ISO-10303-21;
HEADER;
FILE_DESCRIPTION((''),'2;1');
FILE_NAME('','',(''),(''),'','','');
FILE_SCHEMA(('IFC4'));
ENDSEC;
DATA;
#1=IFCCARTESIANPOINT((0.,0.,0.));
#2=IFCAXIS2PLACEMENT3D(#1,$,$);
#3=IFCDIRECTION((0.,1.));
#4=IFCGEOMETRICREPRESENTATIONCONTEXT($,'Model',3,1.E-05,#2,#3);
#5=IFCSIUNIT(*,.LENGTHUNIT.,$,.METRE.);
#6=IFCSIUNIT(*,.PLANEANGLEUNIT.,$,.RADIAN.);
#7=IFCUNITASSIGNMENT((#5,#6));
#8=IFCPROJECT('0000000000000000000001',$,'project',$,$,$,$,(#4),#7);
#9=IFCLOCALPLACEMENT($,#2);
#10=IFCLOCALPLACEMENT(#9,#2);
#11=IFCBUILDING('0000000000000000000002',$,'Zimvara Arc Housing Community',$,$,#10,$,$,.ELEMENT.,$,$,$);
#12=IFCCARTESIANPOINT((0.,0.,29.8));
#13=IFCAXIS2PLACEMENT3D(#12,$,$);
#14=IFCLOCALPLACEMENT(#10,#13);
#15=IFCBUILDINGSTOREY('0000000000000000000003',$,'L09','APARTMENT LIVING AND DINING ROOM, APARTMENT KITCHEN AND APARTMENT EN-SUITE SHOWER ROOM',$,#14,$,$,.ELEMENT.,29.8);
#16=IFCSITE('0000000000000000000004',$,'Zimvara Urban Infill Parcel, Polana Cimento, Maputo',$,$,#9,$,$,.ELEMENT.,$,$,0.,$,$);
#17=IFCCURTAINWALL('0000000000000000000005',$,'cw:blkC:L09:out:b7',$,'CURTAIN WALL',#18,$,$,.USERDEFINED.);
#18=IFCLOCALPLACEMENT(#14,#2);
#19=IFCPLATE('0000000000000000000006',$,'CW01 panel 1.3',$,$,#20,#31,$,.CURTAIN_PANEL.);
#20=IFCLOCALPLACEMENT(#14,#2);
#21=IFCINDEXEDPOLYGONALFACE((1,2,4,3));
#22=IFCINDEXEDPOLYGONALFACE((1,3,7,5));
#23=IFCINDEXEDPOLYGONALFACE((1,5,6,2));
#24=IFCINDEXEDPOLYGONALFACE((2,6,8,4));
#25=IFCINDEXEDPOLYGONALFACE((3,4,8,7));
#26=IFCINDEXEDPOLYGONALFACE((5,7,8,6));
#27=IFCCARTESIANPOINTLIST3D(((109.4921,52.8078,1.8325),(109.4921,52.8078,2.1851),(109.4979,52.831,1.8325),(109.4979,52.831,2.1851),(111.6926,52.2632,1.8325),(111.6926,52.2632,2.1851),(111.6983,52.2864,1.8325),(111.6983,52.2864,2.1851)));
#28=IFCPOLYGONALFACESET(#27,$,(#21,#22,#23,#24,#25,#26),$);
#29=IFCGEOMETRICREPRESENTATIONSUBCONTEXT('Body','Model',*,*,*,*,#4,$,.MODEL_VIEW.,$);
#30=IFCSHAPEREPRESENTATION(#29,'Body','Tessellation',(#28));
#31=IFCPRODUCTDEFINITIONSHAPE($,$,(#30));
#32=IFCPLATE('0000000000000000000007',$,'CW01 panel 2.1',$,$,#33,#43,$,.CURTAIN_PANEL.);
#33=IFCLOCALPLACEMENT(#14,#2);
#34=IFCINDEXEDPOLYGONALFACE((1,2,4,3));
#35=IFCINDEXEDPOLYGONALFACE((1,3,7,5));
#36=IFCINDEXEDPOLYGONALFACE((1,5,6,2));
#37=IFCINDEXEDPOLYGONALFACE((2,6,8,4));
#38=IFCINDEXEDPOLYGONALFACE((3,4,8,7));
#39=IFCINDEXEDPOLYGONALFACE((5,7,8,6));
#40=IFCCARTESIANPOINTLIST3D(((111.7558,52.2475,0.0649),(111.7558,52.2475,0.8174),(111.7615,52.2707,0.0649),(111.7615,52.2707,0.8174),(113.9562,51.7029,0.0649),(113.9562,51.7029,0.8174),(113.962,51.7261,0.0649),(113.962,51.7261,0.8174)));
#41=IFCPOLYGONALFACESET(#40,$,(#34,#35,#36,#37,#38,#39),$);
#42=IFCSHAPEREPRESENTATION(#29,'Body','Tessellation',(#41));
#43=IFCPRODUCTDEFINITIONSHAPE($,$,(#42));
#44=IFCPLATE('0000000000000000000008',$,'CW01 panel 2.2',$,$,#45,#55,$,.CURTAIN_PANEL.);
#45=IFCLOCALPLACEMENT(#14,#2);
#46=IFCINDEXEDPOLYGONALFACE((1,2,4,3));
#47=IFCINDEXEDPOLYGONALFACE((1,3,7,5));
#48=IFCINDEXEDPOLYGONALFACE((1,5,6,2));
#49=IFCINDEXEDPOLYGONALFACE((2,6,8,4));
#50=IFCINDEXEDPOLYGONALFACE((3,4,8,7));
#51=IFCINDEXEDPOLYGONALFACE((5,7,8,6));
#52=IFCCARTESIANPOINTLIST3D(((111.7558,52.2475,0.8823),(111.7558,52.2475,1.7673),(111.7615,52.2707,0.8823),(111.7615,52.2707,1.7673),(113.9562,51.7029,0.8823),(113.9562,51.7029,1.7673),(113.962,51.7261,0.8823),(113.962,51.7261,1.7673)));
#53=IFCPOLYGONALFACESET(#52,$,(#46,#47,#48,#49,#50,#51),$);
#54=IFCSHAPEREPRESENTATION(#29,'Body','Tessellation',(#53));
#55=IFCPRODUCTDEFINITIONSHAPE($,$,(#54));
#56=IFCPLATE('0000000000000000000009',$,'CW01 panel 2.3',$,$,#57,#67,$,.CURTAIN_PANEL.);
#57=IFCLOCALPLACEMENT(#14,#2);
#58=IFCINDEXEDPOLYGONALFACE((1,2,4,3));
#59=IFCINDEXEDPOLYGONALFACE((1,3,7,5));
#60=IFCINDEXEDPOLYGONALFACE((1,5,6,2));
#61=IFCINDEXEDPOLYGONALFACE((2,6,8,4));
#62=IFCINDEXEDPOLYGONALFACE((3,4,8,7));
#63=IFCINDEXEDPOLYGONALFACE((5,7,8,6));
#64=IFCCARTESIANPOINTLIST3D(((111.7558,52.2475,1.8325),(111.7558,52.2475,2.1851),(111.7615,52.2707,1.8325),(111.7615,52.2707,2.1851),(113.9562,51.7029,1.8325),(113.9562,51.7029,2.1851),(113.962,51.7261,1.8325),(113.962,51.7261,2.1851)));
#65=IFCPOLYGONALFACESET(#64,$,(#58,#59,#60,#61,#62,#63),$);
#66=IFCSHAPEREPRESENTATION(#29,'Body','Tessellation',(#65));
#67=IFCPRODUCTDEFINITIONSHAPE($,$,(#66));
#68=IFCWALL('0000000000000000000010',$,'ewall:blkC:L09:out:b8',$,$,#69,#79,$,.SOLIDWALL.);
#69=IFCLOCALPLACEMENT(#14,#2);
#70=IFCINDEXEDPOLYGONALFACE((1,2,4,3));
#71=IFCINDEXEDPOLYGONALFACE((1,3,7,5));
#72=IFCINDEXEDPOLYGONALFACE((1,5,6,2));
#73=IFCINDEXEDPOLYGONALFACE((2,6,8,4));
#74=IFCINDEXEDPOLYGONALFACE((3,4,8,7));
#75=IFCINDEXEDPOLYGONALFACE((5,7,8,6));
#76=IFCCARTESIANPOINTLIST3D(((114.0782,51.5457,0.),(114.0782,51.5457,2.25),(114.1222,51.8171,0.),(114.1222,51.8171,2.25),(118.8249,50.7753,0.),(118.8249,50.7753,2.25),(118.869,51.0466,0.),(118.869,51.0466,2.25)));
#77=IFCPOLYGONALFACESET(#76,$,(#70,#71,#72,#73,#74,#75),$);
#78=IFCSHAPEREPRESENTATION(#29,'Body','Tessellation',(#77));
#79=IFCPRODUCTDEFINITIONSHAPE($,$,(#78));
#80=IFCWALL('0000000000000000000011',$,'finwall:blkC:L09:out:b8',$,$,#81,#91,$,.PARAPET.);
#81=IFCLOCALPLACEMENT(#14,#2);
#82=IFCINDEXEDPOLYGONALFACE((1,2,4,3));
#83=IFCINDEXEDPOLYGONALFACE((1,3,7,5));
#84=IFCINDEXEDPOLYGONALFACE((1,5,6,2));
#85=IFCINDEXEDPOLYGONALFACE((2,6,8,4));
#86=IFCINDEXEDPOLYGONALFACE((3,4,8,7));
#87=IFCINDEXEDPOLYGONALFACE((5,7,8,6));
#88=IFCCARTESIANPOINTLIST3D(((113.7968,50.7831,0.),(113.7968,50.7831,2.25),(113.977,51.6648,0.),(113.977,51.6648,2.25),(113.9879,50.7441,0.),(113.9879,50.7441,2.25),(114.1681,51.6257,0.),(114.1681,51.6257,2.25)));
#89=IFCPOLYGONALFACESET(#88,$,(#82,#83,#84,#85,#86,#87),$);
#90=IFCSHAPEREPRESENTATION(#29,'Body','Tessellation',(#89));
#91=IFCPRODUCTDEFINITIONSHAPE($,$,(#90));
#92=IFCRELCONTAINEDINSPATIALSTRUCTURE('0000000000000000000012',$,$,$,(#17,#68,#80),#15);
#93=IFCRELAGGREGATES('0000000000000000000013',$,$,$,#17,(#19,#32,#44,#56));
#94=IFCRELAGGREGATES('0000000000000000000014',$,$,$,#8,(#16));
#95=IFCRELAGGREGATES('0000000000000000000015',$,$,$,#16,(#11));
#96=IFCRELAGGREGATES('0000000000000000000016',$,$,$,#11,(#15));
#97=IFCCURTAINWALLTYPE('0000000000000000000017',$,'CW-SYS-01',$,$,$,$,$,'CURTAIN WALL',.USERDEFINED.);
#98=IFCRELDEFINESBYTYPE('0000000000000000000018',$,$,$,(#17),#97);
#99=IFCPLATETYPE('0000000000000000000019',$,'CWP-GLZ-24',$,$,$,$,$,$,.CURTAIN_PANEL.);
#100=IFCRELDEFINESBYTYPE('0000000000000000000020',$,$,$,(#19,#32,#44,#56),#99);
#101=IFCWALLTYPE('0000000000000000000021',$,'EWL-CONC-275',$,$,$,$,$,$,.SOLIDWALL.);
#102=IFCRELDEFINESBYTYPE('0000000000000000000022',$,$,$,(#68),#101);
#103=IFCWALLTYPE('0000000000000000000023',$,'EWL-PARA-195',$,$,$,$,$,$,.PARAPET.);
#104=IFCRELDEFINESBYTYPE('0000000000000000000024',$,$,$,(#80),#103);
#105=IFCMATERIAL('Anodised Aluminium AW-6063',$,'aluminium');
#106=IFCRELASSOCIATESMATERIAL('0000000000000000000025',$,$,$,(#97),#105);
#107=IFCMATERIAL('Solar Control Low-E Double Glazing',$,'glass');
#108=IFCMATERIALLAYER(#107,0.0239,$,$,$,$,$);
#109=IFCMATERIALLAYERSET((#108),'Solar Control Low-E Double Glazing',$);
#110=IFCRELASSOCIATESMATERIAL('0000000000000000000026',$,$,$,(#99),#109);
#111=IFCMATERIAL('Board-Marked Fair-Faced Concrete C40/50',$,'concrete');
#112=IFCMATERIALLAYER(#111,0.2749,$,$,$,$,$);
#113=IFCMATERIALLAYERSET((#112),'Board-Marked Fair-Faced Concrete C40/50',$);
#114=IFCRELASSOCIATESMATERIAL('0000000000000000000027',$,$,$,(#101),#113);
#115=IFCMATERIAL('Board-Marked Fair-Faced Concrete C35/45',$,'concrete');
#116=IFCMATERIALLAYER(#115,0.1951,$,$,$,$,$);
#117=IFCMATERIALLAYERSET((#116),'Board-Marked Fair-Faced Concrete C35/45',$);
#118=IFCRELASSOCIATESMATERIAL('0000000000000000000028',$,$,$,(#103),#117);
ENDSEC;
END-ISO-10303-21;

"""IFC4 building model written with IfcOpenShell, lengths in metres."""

from ifc_helpers import new_model, si_unit, direction, frame, frame_2d, origin, origin_2d, place, context, subcontext, project, spatial, rectangle, extrude, material, layer, layer_set, type_object, element, aggregate, save


model = new_model("IFC4")

# Units and contexts
model_context = context("Model", 3, precision=1e-05, world=origin(), true_north=direction((0.0, 1.0)))
body_context = subcontext(model_context, "Body", "Model", "MODEL_VIEW")
ifc_project = project(units=[si_unit("LENGTHUNIT", "METRE"), si_unit("PLANEANGLEUNIT", "RADIAN")], contexts=[model_context])

# Site, building, storey
site_placement = place(None, origin())
site = spatial("IfcSite", under=ifc_project, at=site_placement, Name="Zimvara Urban Infill Parcel, Polana Cimento, Maputo", CompositionType="ELEMENT", RefElevation=0.0)
building_placement = place(site_placement, origin())
building = spatial("IfcBuilding", under=site, at=building_placement, Name="Zimvara Arc Housing Community", CompositionType="ELEMENT")
storey_placement = place(building_placement, frame((0.0, 0.0, 29.8)))
storey = spatial("IfcBuildingStorey", under=building, at=storey_placement, Name="L09", Description="APARTMENT LIVING AND DINING ROOM, APARTMENT KITCHEN AND APARTMENT EN-SUITE SHOWER ROOM", CompositionType="ELEMENT", Elevation=29.8)

# Curtain wall, plates
ifc_material_1 = material(Name="Anodised Aluminium AW-6063", Category="aluminium")
curtain_wall_type_1 = type_object("IfcCurtainWallType", Name="CW-SYS-01", ElementType="CURTAIN WALL", PredefinedType="USERDEFINED", material=ifc_material_1)
curtain_wall_1_placement = place(storey_placement, origin())
curtain_wall_1 = element("IfcCurtainWall", 1, at=curtain_wall_1_placement, inside=storey, type_object=curtain_wall_type_1, Name="cw:blkC:L09:out:b7", ObjectType="CURTAIN WALL", PredefinedType="USERDEFINED")
ifc_material_2 = material(Name="Solar Control Low-E Double Glazing", Category="glass")
ifc_layer_1 = layer(ifc_material_2, 0.0239)
ifc_layer_set_1 = layer_set([ifc_layer_1], Name="Solar Control Low-E Double Glazing")
plate_type = type_object("IfcPlateType", Name="CWP-GLZ-24", PredefinedType="CURTAIN_PANEL", material=ifc_layer_set_1)
plate_1_placement = place(storey_placement, frame((110.5952, 52.5471, 1.8325), z_axis=(0.0, 0.0, 1.0), x_axis=(0.970716, -0.24023, 0.0)))
plate_1 = element("IfcPlate", 2, at=plate_1_placement, type_object=plate_type, Name="CW01 panel 1.3", PredefinedType="CURTAIN_PANEL", context=body_context, shape_type="SweptSolid", body=[
    extrude(rectangle(XDim=2.2668, YDim=0.0239, at=origin_2d()), origin(), (0.0, 0.0, 1.0), 0.3525),
])
plate_2_placement = place(storey_placement, frame((112.8589, 51.9868, 0.0649), z_axis=(0.0, 0.0, 1.0), x_axis=(0.970716, -0.24023, 0.0)))
plate_2 = element("IfcPlate", 3, at=plate_2_placement, type_object=plate_type, Name="CW01 panel 2.1", PredefinedType="CURTAIN_PANEL", context=body_context, shape_type="SweptSolid", body=[
    extrude(rectangle(XDim=2.2668, YDim=0.0239, at=origin_2d()), origin(), (0.0, 0.0, 1.0), 0.7524),
])
plate_3_placement = place(storey_placement, frame((112.8589, 51.9868, 0.8823), z_axis=(0.0, 0.0, 1.0), x_axis=(0.970716, -0.24023, 0.0)))
plate_3 = element("IfcPlate", 4, at=plate_3_placement, type_object=plate_type, Name="CW01 panel 2.2", PredefinedType="CURTAIN_PANEL", context=body_context, shape_type="SweptSolid", body=[
    extrude(rectangle(XDim=2.2668, YDim=0.0239, at=origin_2d()), origin(), (0.0, 0.0, 1.0), 0.885),
])
plate_4_placement = place(storey_placement, frame((112.8589, 51.9868, 1.8325), z_axis=(0.0, 0.0, 1.0), x_axis=(0.970716, -0.24023, 0.0)))
plate_4 = element("IfcPlate", 5, at=plate_4_placement, type_object=plate_type, Name="CW01 panel 2.3", PredefinedType="CURTAIN_PANEL", context=body_context, shape_type="SweptSolid", body=[
    extrude(rectangle(XDim=2.2668, YDim=0.0239, at=origin_2d()), origin(), (0.0, 0.0, 1.0), 0.3525),
])
aggregate(curtain_wall_1, [plate_1, plate_2, plate_3, plate_4])

# Walls
ifc_material_3 = material(Name="Board-Marked Fair-Faced Concrete C40/50", Category="concrete")
ifc_layer_2 = layer(ifc_material_3, 0.2749)
ifc_layer_set_2 = layer_set([ifc_layer_2], Name="Board-Marked Fair-Faced Concrete C40/50")
wall_type_1 = type_object("IfcWallType", Name="EWL-CONC-275", PredefinedType="SOLIDWALL", material=ifc_layer_set_2)
wall_1_placement = place(storey_placement, frame((114.1003, 51.6814, 0.0), z_axis=(0.0, 0.0, 1.0), x_axis=(0.987081, -0.160224, 0.0)))
element("IfcWall", 6, at=wall_1_placement, inside=storey, type_object=wall_type_1, Name="ewall:blkC:L09:out:b8", PredefinedType="SOLIDWALL", context=body_context, shape_type="SweptSolid", body=[
    extrude(rectangle(XDim=4.8088, YDim=0.2749, at=frame_2d((2.4043, 0.0))), origin(), (0.0, 0.0, 1.0), 2.25),
])
ifc_material_4 = material(Name="Board-Marked Fair-Faced Concrete C35/45", Category="concrete")
ifc_layer_3 = layer(ifc_material_4, 0.1951)
ifc_layer_set_3 = layer_set([ifc_layer_3], Name="Board-Marked Fair-Faced Concrete C35/45")
wall_type_2 = type_object("IfcWallType", Name="EWL-PARA-195", PredefinedType="PARAPET", material=ifc_layer_set_3)
wall_2_placement = place(storey_placement, frame((114.0725, 51.6453, 0.0), z_axis=(0.0, 0.0, 1.0), x_axis=(-0.200236, -0.979748, 0.0)))
element("IfcWall", 7, at=wall_2_placement, inside=storey, type_object=wall_type_2, Name="finwall:blkC:L09:out:b8", PredefinedType="PARAPET", context=body_context, shape_type="SweptSolid", body=[
    extrude(rectangle(XDim=0.8999, YDim=0.1951, at=frame_2d((0.45, 0.0))), origin(), (0.0, 0.0, 1.0), 2.25),
])

save(model, "model.ifc")
